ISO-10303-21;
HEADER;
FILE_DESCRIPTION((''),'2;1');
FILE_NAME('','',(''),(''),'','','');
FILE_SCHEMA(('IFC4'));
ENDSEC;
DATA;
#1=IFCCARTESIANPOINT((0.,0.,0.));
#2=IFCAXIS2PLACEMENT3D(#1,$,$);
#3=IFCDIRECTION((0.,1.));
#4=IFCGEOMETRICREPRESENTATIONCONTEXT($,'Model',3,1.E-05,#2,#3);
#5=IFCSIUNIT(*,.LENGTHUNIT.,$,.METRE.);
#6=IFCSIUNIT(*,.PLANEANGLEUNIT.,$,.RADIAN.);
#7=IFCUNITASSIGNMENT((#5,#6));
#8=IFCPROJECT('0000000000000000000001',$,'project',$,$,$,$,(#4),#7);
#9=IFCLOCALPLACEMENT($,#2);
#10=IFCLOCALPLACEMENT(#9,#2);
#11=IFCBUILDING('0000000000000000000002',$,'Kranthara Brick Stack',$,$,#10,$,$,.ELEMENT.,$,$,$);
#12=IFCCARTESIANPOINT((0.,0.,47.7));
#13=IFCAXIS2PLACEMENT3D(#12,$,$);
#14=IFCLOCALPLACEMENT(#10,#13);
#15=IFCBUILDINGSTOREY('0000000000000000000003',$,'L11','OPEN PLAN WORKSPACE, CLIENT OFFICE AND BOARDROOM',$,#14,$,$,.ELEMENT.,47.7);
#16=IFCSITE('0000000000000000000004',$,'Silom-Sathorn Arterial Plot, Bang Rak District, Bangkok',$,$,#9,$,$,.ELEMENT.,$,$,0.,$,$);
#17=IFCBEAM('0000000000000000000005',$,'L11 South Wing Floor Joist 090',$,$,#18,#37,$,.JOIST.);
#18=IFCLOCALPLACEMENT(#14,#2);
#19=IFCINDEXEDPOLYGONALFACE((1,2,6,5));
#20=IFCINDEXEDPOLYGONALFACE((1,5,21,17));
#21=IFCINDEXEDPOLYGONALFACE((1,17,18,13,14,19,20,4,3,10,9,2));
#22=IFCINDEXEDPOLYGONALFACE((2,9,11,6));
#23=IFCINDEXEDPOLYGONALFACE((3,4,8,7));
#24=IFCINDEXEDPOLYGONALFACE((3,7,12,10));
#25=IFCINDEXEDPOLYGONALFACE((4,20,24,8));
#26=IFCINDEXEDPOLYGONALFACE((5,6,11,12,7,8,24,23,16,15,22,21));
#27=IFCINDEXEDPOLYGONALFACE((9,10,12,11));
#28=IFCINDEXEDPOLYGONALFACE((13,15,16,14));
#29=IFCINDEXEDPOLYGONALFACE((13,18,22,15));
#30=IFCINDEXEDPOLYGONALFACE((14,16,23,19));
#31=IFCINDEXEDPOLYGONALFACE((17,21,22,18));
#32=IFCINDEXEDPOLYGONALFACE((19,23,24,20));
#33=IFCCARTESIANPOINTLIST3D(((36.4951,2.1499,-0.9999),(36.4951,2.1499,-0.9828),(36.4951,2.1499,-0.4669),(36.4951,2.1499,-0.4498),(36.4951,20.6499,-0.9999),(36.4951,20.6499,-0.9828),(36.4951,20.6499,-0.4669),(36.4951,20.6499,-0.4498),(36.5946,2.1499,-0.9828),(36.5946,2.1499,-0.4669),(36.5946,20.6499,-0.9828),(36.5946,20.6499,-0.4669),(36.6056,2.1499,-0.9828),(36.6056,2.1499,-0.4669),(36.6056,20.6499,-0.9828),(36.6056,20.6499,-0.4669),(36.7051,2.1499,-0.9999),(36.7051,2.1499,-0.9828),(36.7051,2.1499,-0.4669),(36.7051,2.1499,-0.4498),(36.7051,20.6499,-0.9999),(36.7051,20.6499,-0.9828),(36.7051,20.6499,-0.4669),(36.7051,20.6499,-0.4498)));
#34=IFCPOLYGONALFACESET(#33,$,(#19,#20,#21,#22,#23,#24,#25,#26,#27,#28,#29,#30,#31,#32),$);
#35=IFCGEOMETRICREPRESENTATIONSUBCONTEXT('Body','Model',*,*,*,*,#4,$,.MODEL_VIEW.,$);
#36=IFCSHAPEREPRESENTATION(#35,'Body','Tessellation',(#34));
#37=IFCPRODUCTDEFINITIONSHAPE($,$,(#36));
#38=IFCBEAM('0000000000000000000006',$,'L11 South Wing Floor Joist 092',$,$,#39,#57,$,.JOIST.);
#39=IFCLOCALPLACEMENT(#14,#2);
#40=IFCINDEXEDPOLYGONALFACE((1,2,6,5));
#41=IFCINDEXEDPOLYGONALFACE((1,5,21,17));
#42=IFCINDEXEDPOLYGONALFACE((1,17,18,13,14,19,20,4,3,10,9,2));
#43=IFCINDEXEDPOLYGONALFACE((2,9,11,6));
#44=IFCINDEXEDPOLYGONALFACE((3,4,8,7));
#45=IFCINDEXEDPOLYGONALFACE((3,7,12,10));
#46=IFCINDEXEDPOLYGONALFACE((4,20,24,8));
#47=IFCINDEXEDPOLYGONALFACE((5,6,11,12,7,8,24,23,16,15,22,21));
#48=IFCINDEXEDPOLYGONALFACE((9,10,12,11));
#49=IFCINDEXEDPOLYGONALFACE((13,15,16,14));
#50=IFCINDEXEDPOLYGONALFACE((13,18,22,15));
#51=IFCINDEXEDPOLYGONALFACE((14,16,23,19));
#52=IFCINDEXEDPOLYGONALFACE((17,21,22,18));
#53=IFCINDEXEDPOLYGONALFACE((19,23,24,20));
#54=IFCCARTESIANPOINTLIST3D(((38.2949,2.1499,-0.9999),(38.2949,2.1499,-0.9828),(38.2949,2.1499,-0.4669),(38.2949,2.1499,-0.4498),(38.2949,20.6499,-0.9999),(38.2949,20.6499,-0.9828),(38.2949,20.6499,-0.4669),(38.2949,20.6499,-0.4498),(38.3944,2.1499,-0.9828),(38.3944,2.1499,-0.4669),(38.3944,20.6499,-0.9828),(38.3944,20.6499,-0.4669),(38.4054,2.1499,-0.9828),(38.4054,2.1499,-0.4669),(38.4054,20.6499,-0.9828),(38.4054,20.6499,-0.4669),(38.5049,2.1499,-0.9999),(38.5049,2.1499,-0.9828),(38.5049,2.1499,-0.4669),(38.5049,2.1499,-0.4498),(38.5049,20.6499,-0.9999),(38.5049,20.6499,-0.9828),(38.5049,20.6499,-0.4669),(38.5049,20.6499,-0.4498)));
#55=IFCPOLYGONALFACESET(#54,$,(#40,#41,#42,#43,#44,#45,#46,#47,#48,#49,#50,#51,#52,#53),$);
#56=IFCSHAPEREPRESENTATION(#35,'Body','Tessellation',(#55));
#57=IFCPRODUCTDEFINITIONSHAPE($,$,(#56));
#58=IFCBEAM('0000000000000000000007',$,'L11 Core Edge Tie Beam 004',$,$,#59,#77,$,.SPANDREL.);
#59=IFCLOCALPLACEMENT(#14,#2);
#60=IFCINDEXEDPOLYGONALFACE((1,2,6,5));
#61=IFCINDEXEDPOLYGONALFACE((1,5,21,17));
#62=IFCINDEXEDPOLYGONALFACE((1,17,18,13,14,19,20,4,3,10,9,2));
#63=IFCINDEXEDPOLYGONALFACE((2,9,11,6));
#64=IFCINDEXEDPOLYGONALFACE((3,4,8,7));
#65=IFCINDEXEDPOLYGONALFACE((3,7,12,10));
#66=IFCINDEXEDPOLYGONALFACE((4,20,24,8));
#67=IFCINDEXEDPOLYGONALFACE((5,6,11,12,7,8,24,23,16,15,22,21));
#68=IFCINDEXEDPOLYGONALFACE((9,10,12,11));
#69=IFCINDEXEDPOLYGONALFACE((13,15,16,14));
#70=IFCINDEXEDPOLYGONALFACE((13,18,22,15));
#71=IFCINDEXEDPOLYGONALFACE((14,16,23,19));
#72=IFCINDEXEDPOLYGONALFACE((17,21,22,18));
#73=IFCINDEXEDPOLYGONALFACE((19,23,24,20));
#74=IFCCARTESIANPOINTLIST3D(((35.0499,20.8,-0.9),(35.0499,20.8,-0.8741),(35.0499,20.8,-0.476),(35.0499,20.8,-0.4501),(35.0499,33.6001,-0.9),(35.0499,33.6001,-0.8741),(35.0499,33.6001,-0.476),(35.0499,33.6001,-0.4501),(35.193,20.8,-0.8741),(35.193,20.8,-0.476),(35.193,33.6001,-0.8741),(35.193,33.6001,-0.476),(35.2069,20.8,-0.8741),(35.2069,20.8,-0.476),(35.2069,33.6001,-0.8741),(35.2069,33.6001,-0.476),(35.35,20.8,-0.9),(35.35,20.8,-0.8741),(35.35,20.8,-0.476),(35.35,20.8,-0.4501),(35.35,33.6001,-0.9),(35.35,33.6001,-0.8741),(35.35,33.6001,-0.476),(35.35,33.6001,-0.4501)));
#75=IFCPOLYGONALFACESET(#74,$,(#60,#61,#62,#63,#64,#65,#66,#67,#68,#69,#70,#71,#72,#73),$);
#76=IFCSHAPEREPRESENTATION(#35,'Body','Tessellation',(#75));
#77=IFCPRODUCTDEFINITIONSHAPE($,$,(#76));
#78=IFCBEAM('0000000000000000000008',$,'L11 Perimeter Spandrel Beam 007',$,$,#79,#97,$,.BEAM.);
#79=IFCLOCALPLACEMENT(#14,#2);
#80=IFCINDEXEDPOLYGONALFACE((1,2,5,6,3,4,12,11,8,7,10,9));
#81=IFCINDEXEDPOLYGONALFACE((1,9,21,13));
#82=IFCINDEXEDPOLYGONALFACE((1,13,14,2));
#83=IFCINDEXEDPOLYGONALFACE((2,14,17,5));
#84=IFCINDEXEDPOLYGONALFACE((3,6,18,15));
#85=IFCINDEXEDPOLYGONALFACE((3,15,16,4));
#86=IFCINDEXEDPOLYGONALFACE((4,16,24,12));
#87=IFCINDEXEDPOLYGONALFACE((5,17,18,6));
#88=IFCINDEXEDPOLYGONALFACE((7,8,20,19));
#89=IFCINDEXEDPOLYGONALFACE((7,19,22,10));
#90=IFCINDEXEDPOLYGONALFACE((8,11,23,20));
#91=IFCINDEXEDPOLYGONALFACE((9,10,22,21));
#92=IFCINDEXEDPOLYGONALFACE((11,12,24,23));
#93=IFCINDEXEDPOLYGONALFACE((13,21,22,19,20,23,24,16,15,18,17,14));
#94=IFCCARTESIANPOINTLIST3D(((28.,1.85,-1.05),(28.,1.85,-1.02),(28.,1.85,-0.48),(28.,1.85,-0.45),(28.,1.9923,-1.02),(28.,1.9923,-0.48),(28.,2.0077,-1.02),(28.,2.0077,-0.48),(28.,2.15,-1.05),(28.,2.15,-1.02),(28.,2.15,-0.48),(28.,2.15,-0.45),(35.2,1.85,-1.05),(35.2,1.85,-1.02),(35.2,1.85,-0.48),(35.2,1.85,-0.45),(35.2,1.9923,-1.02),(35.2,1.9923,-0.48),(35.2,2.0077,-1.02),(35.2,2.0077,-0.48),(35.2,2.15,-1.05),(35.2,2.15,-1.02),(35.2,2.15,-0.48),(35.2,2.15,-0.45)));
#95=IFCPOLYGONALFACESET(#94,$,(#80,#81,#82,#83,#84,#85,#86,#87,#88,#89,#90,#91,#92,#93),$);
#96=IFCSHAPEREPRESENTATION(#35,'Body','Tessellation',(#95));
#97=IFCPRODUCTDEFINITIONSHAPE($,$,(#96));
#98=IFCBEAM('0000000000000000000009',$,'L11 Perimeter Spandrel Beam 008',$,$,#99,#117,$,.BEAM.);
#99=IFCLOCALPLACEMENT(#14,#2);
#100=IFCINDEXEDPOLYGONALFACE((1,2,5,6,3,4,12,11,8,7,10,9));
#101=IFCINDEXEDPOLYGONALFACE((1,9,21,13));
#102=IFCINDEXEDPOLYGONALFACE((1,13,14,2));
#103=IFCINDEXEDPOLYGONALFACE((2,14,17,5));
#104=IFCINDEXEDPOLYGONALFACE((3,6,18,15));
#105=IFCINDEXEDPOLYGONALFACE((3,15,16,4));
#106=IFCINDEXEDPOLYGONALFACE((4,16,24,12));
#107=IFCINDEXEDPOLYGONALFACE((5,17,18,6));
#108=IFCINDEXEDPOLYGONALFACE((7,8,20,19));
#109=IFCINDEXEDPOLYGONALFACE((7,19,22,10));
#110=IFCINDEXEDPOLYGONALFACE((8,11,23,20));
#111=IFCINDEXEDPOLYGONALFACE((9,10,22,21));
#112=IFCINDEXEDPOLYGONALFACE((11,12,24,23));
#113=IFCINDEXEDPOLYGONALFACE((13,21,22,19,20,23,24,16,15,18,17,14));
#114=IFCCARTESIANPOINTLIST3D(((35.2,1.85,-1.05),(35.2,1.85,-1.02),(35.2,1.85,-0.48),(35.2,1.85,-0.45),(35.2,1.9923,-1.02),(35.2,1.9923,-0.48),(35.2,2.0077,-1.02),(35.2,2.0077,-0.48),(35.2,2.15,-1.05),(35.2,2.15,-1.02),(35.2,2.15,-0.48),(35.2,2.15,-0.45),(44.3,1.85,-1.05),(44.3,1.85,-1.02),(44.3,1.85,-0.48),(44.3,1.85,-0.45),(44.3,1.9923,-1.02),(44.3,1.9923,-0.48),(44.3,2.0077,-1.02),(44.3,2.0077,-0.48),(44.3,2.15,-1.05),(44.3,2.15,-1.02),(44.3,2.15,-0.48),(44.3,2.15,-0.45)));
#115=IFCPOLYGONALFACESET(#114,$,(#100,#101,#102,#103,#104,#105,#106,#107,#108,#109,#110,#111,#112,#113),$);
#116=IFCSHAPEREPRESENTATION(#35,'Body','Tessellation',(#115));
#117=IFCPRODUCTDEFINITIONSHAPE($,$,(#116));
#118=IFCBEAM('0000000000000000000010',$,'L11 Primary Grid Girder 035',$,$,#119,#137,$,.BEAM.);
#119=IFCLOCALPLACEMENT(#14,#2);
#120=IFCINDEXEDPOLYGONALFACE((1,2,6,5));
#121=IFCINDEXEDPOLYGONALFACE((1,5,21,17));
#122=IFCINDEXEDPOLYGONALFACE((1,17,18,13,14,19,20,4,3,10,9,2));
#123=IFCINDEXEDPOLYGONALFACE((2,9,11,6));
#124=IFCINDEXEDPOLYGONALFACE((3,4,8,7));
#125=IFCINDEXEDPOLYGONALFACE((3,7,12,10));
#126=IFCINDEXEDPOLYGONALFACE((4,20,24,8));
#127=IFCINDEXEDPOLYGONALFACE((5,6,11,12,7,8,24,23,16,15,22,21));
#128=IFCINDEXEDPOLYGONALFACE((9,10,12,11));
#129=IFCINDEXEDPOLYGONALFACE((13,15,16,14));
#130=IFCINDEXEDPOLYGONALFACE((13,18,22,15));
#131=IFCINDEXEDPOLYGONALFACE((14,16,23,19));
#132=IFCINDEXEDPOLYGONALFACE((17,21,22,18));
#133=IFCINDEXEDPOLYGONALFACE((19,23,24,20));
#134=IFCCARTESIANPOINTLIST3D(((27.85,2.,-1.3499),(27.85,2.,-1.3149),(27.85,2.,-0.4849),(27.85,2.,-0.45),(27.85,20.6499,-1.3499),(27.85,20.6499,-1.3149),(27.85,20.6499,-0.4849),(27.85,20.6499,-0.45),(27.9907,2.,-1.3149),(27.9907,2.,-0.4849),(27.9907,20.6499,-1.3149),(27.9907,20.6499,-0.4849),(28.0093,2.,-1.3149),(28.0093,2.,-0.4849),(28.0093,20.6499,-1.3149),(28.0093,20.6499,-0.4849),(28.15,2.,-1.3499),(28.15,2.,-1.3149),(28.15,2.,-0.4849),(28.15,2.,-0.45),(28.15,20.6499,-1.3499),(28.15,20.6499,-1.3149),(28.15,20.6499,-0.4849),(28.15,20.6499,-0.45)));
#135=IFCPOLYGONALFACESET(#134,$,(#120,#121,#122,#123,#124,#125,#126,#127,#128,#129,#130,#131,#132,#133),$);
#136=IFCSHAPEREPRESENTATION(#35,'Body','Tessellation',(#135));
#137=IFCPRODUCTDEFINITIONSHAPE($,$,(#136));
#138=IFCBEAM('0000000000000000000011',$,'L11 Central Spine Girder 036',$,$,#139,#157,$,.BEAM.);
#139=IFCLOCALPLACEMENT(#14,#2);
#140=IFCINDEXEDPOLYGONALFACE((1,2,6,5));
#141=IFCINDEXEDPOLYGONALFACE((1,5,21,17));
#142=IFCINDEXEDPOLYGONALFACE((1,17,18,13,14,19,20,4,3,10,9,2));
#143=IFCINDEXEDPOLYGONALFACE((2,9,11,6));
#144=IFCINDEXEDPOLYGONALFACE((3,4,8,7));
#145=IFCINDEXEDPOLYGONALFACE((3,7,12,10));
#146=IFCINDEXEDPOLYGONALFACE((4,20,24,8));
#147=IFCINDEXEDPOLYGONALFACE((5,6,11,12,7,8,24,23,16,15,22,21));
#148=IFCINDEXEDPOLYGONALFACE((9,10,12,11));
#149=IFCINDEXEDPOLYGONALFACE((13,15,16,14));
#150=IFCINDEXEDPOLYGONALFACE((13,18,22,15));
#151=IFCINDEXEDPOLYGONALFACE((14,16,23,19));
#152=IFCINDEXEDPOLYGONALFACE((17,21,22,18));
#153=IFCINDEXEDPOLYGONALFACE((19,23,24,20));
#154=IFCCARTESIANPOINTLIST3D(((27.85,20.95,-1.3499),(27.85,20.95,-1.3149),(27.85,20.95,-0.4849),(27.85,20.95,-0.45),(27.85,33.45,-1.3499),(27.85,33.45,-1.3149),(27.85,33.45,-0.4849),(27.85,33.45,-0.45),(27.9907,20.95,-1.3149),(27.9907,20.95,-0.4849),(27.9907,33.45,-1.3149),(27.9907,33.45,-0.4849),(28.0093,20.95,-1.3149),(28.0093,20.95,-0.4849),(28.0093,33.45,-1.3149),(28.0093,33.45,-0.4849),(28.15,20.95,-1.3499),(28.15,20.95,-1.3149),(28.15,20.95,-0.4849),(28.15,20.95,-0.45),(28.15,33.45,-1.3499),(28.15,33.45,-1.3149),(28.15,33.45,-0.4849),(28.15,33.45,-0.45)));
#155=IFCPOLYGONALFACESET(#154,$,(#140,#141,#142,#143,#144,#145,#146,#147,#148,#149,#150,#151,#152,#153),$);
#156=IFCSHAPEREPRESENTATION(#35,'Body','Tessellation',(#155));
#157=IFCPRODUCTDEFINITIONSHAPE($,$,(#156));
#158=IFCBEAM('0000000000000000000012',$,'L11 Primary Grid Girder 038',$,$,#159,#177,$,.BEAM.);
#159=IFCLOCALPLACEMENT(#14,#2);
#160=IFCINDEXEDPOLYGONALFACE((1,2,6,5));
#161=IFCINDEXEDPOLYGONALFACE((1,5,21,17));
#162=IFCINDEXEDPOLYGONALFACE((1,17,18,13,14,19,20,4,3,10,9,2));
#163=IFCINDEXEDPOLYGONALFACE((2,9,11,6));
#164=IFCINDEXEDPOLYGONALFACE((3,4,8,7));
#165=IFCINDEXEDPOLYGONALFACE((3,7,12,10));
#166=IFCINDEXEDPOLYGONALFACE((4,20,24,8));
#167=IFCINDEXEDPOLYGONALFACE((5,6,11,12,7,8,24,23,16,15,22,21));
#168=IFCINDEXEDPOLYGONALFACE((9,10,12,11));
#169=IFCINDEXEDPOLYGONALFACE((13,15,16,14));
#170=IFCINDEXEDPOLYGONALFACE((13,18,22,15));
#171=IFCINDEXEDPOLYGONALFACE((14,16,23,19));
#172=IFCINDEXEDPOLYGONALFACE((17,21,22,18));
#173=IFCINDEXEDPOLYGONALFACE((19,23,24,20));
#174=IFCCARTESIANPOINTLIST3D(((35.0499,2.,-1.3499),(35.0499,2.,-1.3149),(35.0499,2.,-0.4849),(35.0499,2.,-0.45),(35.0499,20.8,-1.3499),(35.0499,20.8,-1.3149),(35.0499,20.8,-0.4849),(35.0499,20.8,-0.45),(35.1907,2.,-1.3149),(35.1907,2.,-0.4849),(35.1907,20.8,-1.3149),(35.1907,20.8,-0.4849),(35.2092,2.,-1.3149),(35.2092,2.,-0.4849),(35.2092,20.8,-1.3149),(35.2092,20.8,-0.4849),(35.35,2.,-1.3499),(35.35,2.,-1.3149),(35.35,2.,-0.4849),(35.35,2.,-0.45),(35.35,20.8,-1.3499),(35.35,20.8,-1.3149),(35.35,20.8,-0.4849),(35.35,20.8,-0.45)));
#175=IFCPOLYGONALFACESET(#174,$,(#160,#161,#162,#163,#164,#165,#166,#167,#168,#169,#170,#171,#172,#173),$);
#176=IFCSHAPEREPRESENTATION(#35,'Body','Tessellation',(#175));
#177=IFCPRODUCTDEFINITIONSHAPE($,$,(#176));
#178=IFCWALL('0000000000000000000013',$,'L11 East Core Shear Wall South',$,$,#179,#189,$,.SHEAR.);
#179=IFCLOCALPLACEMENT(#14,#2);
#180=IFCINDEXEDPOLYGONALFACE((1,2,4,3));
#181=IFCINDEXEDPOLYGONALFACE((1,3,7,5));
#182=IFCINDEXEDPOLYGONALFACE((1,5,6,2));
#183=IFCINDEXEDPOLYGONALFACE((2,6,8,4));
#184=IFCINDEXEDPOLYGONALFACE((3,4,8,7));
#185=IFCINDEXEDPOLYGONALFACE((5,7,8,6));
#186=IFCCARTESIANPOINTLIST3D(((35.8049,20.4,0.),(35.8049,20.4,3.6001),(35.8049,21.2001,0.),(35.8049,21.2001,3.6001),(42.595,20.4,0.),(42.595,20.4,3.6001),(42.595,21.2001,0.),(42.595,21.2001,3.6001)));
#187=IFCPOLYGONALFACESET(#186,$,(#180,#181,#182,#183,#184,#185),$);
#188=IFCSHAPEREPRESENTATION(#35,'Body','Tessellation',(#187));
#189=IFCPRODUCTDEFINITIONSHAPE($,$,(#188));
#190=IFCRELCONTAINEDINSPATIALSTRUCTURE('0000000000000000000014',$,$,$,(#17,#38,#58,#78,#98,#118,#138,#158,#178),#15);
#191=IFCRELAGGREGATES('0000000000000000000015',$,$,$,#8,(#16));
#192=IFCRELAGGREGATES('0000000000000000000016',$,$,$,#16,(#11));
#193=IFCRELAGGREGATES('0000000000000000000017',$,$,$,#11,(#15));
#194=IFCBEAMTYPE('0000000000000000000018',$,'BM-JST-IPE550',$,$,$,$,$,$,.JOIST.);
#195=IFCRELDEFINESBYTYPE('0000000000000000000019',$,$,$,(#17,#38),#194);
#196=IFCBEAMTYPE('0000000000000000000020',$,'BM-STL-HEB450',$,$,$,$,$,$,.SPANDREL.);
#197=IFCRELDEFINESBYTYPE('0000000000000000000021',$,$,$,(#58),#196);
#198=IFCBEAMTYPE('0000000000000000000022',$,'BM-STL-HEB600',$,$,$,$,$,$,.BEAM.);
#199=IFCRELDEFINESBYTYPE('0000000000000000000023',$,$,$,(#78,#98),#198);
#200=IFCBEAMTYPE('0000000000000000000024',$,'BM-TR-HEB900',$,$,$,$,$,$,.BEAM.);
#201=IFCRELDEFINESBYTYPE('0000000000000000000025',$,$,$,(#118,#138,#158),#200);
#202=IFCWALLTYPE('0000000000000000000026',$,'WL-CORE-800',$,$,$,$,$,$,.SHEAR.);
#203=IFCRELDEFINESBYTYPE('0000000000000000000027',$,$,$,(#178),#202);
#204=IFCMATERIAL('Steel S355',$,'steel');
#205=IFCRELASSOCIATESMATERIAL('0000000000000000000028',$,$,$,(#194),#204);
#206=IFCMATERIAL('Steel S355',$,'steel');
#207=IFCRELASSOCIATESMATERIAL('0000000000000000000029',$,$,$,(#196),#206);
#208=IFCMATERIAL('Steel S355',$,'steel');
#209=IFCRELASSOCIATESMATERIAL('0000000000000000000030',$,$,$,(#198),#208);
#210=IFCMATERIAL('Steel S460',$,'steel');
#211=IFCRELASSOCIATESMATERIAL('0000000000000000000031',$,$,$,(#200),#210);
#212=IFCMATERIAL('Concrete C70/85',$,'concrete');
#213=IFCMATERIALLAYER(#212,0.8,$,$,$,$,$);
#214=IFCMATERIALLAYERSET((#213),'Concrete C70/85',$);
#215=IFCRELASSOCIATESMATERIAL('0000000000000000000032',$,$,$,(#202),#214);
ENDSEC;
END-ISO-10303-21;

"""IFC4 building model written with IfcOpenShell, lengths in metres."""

from ifc_helpers import new_model, si_unit, direction, frame, frame_2d, origin, origin_2d, place, context, subcontext, project, spatial, rectangle, i_section, extrude, material, layer, layer_set, material_profile, profile_set, type_object, element, save


model = new_model("IFC4")

# Units and contexts
model_context = context("Model", 3, precision=1e-05, world=origin(), true_north=direction((0.0, 1.0)))
body_context = subcontext(model_context, "Body", "Model", "MODEL_VIEW")
ifc_project = project(units=[si_unit("LENGTHUNIT", "METRE"), si_unit("PLANEANGLEUNIT", "RADIAN")], contexts=[model_context])

# Site, building, storey
site_placement = place(None, origin())
site = spatial("IfcSite", under=ifc_project, at=site_placement, Name="Silom-Sathorn Arterial Plot, Bang Rak District, Bangkok", CompositionType="ELEMENT", RefElevation=0.0)
building_placement = place(site_placement, origin())
building = spatial("IfcBuilding", under=site, at=building_placement, Name="Kranthara Brick Stack", CompositionType="ELEMENT")
storey_placement = place(building_placement, frame((0.0, 0.0, 47.7)))
storey = spatial("IfcBuildingStorey", under=building, at=storey_placement, Name="L11", Description="OPEN PLAN WORKSPACE, CLIENT OFFICE AND BOARDROOM", CompositionType="ELEMENT", Elevation=47.7)

# Beams
ifc_material_1 = material(Name="Steel S355", Category="steel")
ifc_material_profile_1 = material_profile(ifc_material_1, i_section(OverallWidth=0.21, OverallDepth=0.55, WebThickness=0.011, FlangeThickness=0.0171, at=origin_2d()), Name="IPE 550")
ifc_profile_set_1 = profile_set([ifc_material_profile_1], Name="Steel S355")
beam_type_1 = type_object("IfcBeamType", Name="BM-JST-IPE550", PredefinedType="JOIST", material=ifc_profile_set_1)
for number, where, z_axis, x_axis, name in (
    (1, (36.6001, 2.1499, -0.7249), (0.0, 1.0, 0.0), (-1.0, 0.0, 0.0), "L11 South Wing Floor Joist 090"),
    (2, (38.3999, 2.1499, -0.7249), (0.0, 1.0, 0.0), (-1.0, 0.0, 0.0), "L11 South Wing Floor Joist 092"),
):
    element("IfcBeam", number, at=place(storey_placement, frame(where, z_axis=z_axis, x_axis=x_axis)), inside=storey, type_object=beam_type_1, Name=name, PredefinedType="JOIST", context=body_context, shape_type="SweptSolid", body=[
        extrude(i_section(OverallWidth=0.21, OverallDepth=0.55, WebThickness=0.011, FlangeThickness=0.0171, at=origin_2d()), origin(), (0.0, 0.0, 1.0), 18.5),
    ])
ifc_material_2 = material(Name="Steel S355", Category="steel")
ifc_material_profile_2 = material_profile(ifc_material_2, i_section(OverallWidth=0.3, OverallDepth=0.45, WebThickness=0.0139, FlangeThickness=0.0259, at=origin_2d()), Name="HEB 450")
ifc_profile_set_2 = profile_set([ifc_material_profile_2], Name="Steel S355")
beam_type_2 = type_object("IfcBeamType", Name="BM-STL-HEB450", PredefinedType="SPANDREL", material=ifc_profile_set_2)
beam_1_placement = place(storey_placement, frame((35.2, 20.8, -0.675), z_axis=(0.0, 1.0, 0.0), x_axis=(-1.0, 0.0, 0.0)))
element("IfcBeam", 3, at=beam_1_placement, inside=storey, type_object=beam_type_2, Name="L11 Core Edge Tie Beam 004", PredefinedType="SPANDREL", context=body_context, shape_type="SweptSolid", body=[
    extrude(i_section(OverallWidth=0.3, OverallDepth=0.45, WebThickness=0.0139, FlangeThickness=0.0259, at=origin_2d()), origin(), (0.0, 0.0, 1.0), 12.8),
])
ifc_material_3 = material(Name="Steel S355", Category="steel")
ifc_material_profile_3 = material_profile(ifc_material_3, i_section(OverallWidth=0.3, OverallDepth=0.6001, WebThickness=0.0154, FlangeThickness=0.03, at=origin_2d()), Name="HEB 600")
ifc_profile_set_3 = profile_set([ifc_material_profile_3], Name="Steel S355")
beam_type_3 = type_object("IfcBeamType", Name="BM-STL-HEB600", PredefinedType="BEAM", material=ifc_profile_set_3)
beam_2_placement = place(storey_placement, frame((28.0, 2.0, -0.75), z_axis=(1.0, 0.0, 0.0), x_axis=(0.0, 1.0, 0.0)))
element("IfcBeam", 4, at=beam_2_placement, inside=storey, type_object=beam_type_3, Name="L11 Perimeter Spandrel Beam 007", PredefinedType="BEAM", context=body_context, shape_type="SweptSolid", body=[
    extrude(i_section(OverallWidth=0.3, OverallDepth=0.6001, WebThickness=0.0154, FlangeThickness=0.03, at=origin_2d()), origin(), (0.0, 0.0, 1.0), 7.2),
])
beam_3_placement = place(storey_placement, frame((35.2, 2.0, -0.75), z_axis=(1.0, 0.0, 0.0), x_axis=(0.0, 1.0, 0.0)))
element("IfcBeam", 5, at=beam_3_placement, inside=storey, type_object=beam_type_3, Name="L11 Perimeter Spandrel Beam 008", PredefinedType="BEAM", context=body_context, shape_type="SweptSolid", body=[
    extrude(i_section(OverallWidth=0.3, OverallDepth=0.6001, WebThickness=0.0154, FlangeThickness=0.03, at=origin_2d()), origin(), (0.0, 0.0, 1.0), 9.1001),
])
ifc_material_4 = material(Name="Steel S460", Category="steel")
ifc_material_profile_4 = material_profile(ifc_material_4, i_section(OverallWidth=0.3, OverallDepth=0.8999, WebThickness=0.0186, FlangeThickness=0.0349, at=origin_2d()), Name="HEB 900")
ifc_profile_set_4 = profile_set([ifc_material_profile_4], Name="Steel S460")
beam_type_4 = type_object("IfcBeamType", Name="BM-TR-HEB900", PredefinedType="BEAM", material=ifc_profile_set_4)
beam_4_placement = place(storey_placement, frame((28.0, 2.0, -0.8999), z_axis=(0.0, 1.0, 0.0), x_axis=(-1.0, 0.0, 0.0)))
element("IfcBeam", 6, at=beam_4_placement, inside=storey, type_object=beam_type_4, Name="L11 Primary Grid Girder 035", PredefinedType="BEAM", context=body_context, shape_type="SweptSolid", body=[
    extrude(i_section(OverallWidth=0.3, OverallDepth=0.8999, WebThickness=0.0186, FlangeThickness=0.0349, at=origin_2d()), origin(), (0.0, 0.0, 1.0), 18.6499),
])
beam_5_placement = place(storey_placement, frame((28.0, 20.95, -0.8999), z_axis=(0.0, 1.0, 0.0), x_axis=(-1.0, 0.0, 0.0)))
element("IfcBeam", 7, at=beam_5_placement, inside=storey, type_object=beam_type_4, Name="L11 Central Spine Girder 036", PredefinedType="BEAM", context=body_context, shape_type="SweptSolid", body=[
    extrude(i_section(OverallWidth=0.3, OverallDepth=0.8999, WebThickness=0.0186, FlangeThickness=0.0349, at=origin_2d()), origin(), (0.0, 0.0, 1.0), 12.5),
])
beam_6_placement = place(storey_placement, frame((35.2, 2.0, -0.8999), z_axis=(0.0, 1.0, 0.0), x_axis=(-1.0, 0.0, 0.0)))
element("IfcBeam", 8, at=beam_6_placement, inside=storey, type_object=beam_type_4, Name="L11 Primary Grid Girder 038", PredefinedType="BEAM", context=body_context, shape_type="SweptSolid", body=[
    extrude(i_section(OverallWidth=0.3, OverallDepth=0.8999, WebThickness=0.0186, FlangeThickness=0.0349, at=origin_2d()), origin(), (0.0, 0.0, 1.0), 18.8),
])

# Wall
ifc_material_5 = material(Name="Concrete C70/85", Category="concrete")
ifc_layer_1 = layer(ifc_material_5, 0.8)
ifc_layer_set_1 = layer_set([ifc_layer_1], Name="Concrete C70/85")
wall_type_1 = type_object("IfcWallType", Name="WL-CORE-800", PredefinedType="SHEAR", material=ifc_layer_set_1)
wall_1_placement = place(storey_placement, frame((35.8049, 20.8, 0.0), z_axis=(0.0, 0.0, 1.0), x_axis=(1.0, 0.0, 0.0)))
element("IfcWall", 9, at=wall_1_placement, inside=storey, type_object=wall_type_1, Name="L11 East Core Shear Wall South", PredefinedType="SHEAR", context=body_context, shape_type="SweptSolid", body=[
    extrude(rectangle(XDim=6.79, YDim=0.8, at=frame_2d((3.395, 0.0))), origin(), (0.0, 0.0, 1.0), 3.6001),
])

save(model, "model.ifc")
